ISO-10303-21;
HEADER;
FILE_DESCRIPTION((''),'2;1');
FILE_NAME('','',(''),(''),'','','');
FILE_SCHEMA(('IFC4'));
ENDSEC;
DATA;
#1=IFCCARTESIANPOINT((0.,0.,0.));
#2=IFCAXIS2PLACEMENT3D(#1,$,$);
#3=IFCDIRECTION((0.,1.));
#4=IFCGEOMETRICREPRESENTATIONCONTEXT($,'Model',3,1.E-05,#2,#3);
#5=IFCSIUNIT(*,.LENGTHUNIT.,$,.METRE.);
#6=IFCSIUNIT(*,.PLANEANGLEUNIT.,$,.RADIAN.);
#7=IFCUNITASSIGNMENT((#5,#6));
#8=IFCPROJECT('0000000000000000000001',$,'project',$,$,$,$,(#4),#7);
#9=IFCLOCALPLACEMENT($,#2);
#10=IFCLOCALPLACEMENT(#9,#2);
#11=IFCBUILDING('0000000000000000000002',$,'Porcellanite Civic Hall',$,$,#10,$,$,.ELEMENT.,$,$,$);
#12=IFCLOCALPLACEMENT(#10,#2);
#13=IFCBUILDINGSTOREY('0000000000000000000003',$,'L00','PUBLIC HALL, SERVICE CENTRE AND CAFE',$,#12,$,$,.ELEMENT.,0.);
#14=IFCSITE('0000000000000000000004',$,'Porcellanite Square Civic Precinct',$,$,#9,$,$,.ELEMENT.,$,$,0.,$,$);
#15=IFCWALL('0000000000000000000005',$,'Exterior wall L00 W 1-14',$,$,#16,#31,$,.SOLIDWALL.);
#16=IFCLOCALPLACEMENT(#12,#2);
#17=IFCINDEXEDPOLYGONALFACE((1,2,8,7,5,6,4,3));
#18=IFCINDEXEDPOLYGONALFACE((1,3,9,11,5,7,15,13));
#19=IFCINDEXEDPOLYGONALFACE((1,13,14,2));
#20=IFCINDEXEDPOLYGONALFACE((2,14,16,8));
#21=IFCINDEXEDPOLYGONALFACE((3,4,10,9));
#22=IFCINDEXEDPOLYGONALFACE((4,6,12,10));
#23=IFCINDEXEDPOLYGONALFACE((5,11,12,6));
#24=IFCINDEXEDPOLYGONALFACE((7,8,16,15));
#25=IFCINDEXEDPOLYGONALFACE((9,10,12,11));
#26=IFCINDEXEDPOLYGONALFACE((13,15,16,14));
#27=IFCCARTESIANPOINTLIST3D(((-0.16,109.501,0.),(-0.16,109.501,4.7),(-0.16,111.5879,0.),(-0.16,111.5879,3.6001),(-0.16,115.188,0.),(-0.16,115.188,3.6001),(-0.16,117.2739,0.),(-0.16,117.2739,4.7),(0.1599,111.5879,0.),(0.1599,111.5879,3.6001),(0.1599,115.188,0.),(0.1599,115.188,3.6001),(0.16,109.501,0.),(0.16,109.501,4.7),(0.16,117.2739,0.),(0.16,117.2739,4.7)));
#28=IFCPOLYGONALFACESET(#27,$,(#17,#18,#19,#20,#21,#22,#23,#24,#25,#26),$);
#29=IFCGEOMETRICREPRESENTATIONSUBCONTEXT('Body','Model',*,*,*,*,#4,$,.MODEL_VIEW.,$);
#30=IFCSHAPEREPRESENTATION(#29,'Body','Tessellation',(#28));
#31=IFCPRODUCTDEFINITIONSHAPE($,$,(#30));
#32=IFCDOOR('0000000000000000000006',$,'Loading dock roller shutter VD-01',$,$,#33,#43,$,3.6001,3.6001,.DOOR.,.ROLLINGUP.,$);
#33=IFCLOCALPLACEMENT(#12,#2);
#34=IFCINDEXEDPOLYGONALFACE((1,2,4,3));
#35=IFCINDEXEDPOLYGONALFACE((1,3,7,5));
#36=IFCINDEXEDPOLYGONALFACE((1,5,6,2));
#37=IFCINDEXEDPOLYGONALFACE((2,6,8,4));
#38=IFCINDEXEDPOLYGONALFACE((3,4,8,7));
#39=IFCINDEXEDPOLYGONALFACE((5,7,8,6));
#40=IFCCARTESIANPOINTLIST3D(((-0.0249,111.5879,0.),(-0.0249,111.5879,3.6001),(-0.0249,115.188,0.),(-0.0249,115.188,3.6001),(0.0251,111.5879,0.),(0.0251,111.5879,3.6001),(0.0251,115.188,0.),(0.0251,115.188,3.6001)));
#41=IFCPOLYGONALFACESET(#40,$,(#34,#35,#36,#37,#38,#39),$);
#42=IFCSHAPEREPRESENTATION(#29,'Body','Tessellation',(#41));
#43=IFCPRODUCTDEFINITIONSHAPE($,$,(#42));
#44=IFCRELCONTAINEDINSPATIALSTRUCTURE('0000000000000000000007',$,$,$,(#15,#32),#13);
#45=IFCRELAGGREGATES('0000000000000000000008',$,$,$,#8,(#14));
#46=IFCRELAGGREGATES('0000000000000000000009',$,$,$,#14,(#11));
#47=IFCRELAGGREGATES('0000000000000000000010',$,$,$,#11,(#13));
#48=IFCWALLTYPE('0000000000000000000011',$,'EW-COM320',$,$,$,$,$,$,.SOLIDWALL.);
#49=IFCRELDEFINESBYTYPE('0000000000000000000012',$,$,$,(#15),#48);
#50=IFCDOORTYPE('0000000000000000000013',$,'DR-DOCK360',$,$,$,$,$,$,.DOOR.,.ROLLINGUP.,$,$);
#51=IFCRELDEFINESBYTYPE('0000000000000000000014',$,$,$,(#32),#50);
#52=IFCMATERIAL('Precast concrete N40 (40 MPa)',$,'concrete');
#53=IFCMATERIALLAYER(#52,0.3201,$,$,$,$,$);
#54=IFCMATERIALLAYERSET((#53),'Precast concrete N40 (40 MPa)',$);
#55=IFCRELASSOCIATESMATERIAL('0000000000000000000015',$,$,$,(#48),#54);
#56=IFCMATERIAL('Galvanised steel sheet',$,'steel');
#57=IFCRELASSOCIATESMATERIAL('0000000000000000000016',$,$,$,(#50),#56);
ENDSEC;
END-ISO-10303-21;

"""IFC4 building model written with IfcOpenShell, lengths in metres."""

from ifc_helpers import new_model, si_unit, direction, frame, frame_2d, origin, place, context, subcontext, project, spatial, rectangle, extrude, material, layer, layer_set, type_object, element, fill, save


model = new_model("IFC4")

# Units and contexts
model_context = context("Model", 3, precision=1e-05, world=origin(), true_north=direction((0.0, 1.0)))
body_context = subcontext(model_context, "Body", "Model", "MODEL_VIEW")
ifc_project = project(units=[si_unit("LENGTHUNIT", "METRE"), si_unit("PLANEANGLEUNIT", "RADIAN")], contexts=[model_context])

# Site, building, storey
site_placement = place(None, origin())
site = spatial("IfcSite", under=ifc_project, at=site_placement, Name="Porcellanite Square Civic Precinct", CompositionType="ELEMENT", RefElevation=0.0)
building_placement = place(site_placement, origin())
building = spatial("IfcBuilding", under=site, at=building_placement, Name="Porcellanite Civic Hall", CompositionType="ELEMENT")
storey_placement = place(building_placement, origin())
storey = spatial("IfcBuildingStorey", under=building, at=storey_placement, Name="L00", Description="PUBLIC HALL, SERVICE CENTRE AND CAFE", CompositionType="ELEMENT", Elevation=0.0)

# Shared definitions
ifc_material_1 = material(Name="Precast concrete N40 (40 MPa)", Category="concrete")
ifc_layer_1 = layer(ifc_material_1, 0.3201)
ifc_layer_set_1 = layer_set([ifc_layer_1], Name="Precast concrete N40 (40 MPa)")
wall_type = type_object("IfcWallType", Name="EW-COM320", PredefinedType="SOLIDWALL", material=ifc_layer_set_1)

# Wall, opening, door
wall_1_placement = place(storey_placement, frame((0.0, 109.501, 0.0), z_axis=(0.0, 0.0, 1.0), x_axis=(0.0, 1.0, 0.0)))
wall_1 = element("IfcWall", 1, at=wall_1_placement, inside=storey, type_object=wall_type, Name="Exterior wall L00 W 1-14", PredefinedType="SOLIDWALL", context=body_context, shape_type="SweptSolid", body=[
    extrude(rectangle(XDim=7.7729, YDim=0.3201, at=frame_2d((3.8865, 0.0))), origin(), (0.0, 0.0, 1.0), 4.7),
])
opening_1_placement = place(wall_1_placement, frame((2.0869, 0.0, 0.0)))
opening_1 = element("IfcOpeningElement", 2, at=opening_1_placement, cuts=wall_1, PredefinedType="OPENING", context=body_context, shape_type="SweptSolid", body=[
    extrude(rectangle(XDim=3.6001, YDim=3.6001, at=frame_2d((1.8, 1.8))), frame((0.0, 0.1602, 0.0), z_axis=(0.0, -1.0, 0.0), x_axis=(1.0, 0.0, 0.0)), (0.0, 0.0, 1.0), 0.3201),
])
ifc_material_2 = material(Name="Galvanised steel sheet", Category="steel")
door_type = type_object("IfcDoorType", Name="DR-DOCK360", OperationType="ROLLINGUP", PredefinedType="DOOR", material=ifc_material_2)
door_placement = place(opening_1_placement, origin())
door = element("IfcDoor", 3, at=door_placement, inside=storey, type_object=door_type, Name="Loading dock roller shutter VD-01", OperationType="ROLLINGUP", OverallHeight=3.6001, OverallWidth=3.6001, PredefinedType="DOOR", context=body_context, shape_type="SweptSolid", body=[
    extrude(rectangle(XDim=3.6001, YDim=3.6001, at=frame_2d((1.8, 1.8))), frame((0.0, 0.0249, 0.0), z_axis=(0.0, -1.0, 0.0), x_axis=(1.0, 0.0, 0.0)), (0.0, 0.0, 1.0), 0.05),
])
fill(opening_1, door)

save(model, "model.ifc")
